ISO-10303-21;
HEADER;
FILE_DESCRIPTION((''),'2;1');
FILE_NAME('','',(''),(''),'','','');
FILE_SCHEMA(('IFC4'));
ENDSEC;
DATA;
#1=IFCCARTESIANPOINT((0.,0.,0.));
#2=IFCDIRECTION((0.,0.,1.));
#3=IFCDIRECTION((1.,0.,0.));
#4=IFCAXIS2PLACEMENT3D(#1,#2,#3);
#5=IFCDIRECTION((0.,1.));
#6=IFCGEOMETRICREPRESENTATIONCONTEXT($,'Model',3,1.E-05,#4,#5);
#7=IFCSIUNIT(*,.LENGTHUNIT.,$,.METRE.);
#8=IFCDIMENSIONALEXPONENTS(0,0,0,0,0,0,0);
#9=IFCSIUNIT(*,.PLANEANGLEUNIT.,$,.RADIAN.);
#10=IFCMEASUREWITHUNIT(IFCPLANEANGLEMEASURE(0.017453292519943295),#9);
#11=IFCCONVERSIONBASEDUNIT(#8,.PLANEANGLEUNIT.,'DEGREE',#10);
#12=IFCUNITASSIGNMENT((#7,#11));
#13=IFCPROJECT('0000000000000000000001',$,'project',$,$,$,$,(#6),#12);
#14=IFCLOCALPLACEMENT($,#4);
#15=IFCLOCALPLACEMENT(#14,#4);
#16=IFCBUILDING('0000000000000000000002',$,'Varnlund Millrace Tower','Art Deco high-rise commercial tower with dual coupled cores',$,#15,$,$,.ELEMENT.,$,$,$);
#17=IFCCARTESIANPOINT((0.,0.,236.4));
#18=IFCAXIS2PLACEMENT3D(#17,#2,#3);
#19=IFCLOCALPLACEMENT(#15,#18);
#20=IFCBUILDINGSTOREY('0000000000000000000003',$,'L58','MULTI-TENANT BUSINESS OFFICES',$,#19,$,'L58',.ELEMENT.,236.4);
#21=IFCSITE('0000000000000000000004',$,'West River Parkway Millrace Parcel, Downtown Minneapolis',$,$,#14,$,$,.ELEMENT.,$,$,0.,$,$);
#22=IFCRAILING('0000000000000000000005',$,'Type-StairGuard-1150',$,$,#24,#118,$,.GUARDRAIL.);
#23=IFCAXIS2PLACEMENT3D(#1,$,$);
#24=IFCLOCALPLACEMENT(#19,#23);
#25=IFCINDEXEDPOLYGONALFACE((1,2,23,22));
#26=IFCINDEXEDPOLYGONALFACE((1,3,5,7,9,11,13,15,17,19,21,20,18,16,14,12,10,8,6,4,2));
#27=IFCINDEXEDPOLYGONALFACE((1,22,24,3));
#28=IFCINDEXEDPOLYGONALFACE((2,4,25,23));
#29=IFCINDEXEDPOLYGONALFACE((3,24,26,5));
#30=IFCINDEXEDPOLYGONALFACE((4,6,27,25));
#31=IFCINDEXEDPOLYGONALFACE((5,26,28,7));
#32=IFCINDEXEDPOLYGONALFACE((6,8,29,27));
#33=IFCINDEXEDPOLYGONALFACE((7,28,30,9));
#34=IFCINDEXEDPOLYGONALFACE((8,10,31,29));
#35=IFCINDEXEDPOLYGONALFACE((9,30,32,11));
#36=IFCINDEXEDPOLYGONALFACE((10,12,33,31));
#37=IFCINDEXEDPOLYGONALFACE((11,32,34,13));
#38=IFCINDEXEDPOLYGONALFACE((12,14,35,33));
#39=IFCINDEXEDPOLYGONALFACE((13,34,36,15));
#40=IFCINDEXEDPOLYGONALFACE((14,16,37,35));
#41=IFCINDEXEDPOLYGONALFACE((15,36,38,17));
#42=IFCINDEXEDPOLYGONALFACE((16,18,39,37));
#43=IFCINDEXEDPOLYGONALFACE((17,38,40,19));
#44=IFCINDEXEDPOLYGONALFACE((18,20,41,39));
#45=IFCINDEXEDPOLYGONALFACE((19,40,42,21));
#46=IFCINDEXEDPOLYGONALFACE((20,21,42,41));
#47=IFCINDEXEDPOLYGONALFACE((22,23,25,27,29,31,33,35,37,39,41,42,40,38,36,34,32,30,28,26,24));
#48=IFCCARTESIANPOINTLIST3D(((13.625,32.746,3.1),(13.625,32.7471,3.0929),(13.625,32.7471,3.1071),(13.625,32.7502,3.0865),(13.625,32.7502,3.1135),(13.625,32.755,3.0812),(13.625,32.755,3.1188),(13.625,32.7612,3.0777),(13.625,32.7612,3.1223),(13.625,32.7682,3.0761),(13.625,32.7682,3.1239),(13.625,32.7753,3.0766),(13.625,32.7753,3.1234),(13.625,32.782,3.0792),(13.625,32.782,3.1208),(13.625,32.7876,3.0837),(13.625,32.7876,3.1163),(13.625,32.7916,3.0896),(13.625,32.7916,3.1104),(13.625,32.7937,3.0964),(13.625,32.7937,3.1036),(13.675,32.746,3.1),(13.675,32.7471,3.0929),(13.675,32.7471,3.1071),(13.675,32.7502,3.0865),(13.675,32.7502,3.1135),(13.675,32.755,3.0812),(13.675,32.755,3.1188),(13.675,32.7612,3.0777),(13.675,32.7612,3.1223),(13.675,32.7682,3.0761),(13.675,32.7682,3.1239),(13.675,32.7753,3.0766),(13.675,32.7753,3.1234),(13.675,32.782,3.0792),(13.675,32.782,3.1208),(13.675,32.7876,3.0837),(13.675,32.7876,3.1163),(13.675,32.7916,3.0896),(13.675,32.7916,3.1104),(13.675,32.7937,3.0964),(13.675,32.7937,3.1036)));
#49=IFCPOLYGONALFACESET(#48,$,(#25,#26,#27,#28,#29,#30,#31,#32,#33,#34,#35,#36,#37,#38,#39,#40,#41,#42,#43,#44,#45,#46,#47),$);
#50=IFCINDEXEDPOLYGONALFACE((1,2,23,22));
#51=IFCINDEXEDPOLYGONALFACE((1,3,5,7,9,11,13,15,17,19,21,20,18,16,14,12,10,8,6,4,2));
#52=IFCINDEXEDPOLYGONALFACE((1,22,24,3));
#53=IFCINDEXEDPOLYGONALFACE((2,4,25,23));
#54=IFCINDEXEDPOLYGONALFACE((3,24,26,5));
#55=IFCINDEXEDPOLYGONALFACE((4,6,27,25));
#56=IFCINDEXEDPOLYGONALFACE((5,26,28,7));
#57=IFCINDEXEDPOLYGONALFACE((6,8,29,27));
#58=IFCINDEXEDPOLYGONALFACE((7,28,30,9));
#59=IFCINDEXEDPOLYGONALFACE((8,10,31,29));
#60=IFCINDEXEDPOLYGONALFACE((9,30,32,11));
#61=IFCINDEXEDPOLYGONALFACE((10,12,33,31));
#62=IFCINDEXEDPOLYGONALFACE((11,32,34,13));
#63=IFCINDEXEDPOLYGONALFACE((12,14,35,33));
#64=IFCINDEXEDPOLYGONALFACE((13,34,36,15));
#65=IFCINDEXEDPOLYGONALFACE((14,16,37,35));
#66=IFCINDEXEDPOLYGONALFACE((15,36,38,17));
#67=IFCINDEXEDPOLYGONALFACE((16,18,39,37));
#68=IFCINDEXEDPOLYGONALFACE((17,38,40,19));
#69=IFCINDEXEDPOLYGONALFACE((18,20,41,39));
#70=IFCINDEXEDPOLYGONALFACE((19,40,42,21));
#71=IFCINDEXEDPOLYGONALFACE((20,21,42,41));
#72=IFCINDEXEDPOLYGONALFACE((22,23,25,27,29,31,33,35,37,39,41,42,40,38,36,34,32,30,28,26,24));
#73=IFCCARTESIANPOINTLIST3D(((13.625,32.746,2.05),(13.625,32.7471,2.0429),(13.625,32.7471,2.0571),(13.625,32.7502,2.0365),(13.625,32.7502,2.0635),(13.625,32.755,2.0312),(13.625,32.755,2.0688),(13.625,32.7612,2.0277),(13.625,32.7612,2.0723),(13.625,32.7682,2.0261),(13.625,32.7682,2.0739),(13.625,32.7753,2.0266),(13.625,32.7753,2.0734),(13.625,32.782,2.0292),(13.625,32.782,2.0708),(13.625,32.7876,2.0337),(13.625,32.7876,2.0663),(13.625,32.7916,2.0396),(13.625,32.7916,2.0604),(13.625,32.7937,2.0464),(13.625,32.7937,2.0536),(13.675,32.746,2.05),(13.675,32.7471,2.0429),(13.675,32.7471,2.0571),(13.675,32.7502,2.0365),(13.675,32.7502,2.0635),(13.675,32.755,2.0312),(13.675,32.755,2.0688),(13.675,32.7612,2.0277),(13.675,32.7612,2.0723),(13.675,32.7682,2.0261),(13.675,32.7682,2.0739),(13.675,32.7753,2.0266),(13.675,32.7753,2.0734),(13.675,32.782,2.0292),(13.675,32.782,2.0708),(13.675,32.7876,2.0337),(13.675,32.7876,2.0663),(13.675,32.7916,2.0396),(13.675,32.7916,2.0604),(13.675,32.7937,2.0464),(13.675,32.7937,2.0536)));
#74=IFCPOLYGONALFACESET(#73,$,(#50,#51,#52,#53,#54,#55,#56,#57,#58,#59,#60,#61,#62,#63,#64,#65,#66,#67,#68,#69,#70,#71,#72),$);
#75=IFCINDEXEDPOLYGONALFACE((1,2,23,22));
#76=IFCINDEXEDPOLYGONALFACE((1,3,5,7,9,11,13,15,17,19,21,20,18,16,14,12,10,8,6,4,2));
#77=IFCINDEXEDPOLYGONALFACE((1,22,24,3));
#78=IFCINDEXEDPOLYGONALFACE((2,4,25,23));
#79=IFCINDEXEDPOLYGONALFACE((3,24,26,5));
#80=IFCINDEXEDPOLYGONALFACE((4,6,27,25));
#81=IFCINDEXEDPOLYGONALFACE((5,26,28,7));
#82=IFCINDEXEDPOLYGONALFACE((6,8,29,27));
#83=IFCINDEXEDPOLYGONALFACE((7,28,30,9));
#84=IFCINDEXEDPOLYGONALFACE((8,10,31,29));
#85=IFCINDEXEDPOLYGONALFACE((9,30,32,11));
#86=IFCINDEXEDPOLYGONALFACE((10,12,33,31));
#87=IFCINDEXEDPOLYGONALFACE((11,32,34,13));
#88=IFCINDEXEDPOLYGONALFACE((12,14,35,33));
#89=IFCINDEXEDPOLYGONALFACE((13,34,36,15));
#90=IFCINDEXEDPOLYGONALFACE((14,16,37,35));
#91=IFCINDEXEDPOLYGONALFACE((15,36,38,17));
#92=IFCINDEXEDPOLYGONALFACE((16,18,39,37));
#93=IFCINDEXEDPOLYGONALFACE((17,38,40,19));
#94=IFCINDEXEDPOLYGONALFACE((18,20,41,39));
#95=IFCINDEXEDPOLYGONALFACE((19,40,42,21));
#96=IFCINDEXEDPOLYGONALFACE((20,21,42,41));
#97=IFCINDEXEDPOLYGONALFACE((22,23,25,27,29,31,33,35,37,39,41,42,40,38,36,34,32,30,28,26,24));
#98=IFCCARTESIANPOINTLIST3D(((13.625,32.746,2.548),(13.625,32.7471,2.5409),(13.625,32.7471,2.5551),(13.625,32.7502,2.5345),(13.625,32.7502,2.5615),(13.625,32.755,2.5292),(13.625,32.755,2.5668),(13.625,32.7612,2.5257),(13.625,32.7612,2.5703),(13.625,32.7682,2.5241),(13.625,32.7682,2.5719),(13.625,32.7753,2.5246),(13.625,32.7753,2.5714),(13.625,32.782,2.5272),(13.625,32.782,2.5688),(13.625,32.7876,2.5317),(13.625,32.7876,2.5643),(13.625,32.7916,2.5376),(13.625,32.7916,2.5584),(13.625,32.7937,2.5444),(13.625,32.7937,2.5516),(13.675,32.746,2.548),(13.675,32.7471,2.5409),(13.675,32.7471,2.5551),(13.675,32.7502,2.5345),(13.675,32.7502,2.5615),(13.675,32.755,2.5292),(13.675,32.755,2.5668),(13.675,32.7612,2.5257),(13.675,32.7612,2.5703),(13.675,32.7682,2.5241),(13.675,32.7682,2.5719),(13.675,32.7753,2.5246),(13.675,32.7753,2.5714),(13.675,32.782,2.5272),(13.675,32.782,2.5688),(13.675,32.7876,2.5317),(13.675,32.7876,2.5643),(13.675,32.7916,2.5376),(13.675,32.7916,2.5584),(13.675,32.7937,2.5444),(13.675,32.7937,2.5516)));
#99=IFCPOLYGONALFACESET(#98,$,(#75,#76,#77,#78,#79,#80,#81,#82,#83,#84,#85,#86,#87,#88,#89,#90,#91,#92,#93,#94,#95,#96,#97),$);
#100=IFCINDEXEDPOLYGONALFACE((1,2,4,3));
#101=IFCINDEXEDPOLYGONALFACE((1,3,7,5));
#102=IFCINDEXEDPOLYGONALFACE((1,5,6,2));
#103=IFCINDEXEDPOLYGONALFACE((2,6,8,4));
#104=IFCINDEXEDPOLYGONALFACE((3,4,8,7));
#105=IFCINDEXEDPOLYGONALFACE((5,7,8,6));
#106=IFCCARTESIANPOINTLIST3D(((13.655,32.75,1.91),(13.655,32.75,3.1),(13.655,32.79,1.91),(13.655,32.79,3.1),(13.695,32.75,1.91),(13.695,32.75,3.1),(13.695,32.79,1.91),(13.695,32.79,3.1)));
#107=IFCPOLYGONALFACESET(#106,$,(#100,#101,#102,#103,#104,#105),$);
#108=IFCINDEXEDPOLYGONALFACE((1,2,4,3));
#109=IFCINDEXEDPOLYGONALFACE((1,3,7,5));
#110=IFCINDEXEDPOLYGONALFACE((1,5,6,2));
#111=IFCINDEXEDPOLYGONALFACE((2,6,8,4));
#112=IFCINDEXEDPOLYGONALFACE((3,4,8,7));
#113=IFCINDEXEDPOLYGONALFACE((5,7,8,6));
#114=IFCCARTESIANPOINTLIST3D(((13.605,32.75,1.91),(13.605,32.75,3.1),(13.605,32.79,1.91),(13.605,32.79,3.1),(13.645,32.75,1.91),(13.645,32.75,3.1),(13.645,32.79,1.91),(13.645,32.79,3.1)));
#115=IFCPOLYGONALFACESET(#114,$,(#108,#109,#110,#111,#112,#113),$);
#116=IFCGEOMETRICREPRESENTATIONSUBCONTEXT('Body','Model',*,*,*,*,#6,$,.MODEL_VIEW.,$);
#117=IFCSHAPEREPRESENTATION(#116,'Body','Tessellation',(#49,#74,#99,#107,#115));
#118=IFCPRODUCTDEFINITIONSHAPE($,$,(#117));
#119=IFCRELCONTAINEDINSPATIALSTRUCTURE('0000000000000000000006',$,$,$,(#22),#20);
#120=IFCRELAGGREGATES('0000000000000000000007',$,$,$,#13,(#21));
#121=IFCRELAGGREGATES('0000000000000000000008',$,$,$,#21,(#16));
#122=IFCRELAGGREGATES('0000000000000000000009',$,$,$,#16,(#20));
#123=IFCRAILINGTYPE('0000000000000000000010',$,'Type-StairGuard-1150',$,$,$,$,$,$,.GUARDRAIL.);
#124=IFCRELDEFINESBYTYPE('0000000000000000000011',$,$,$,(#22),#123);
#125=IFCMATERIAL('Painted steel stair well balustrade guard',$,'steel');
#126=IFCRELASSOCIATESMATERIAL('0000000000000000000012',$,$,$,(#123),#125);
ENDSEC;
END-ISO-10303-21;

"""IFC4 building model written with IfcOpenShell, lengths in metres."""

from ifc_helpers import new_model, entity, si_unit, converted_unit, direction, frame, origin_with_axes, origin_2d_with_axis, place, context, subcontext, project, spatial, rectangle, circle, extrude, material, type_object, element, save


model = new_model("IFC4")

# Units and contexts
model_context = context("Model", 3, precision=1e-05, world=origin_with_axes(), true_north=direction((0.0, 1.0)))
body_context = subcontext(model_context, "Body", "Model", "MODEL_VIEW")
ifc_project = project(units=[si_unit("LENGTHUNIT", "METRE"), converted_unit("PLANEANGLEUNIT", "DEGREE", entity("IfcPlaneAngleMeasure", 0.017453292519943295), si_unit("PLANEANGLEUNIT", "RADIAN"), dimensions=[0, 0, 0, 0, 0, 0, 0])], contexts=[model_context])

# Site, building, storey
site_placement = place(None, origin_with_axes())
site = spatial("IfcSite", under=ifc_project, at=site_placement, Name="West River Parkway Millrace Parcel, Downtown Minneapolis", CompositionType="ELEMENT", RefElevation=0.0)
building_placement = place(site_placement, origin_with_axes())
building = spatial("IfcBuilding", under=site, at=building_placement, Name="Varnlund Millrace Tower", Description="Art Deco high-rise commercial tower with dual coupled cores", CompositionType="ELEMENT")
storey_placement = place(building_placement, frame((0.0, 0.0, 236.4), z_axis=(0.0, 0.0, 1.0), x_axis=(1.0, 0.0, 0.0)))
storey = spatial("IfcBuildingStorey", under=building, at=storey_placement, Name="L58", Description="MULTI-TENANT BUSINESS OFFICES", LongName="L58", CompositionType="ELEMENT", Elevation=236.4)

# Railing
ifc_material_1 = material(Name="Painted steel stair well balustrade guard", Category="steel")
railing_type_1 = type_object("IfcRailingType", Name="Type-StairGuard-1150", PredefinedType="GUARDRAIL", material=ifc_material_1)
railing_1_placement = place(storey_placement, frame((0.0, 0.0, -236.4), z_axis=(0.0, 0.0, 1.0), x_axis=(1.0, 0.0, 0.0)))
element("IfcRailing", 1, at=railing_1_placement, inside=storey, type_object=railing_type_1, Name="Type-StairGuard-1150", PredefinedType="GUARDRAIL", context=body_context, shape_type="SweptSolid", body=[
    extrude(circle(Radius=0.024, at=origin_2d_with_axis()), frame((13.675, 32.77, 239.5), z_axis=(-1.0, 0.0, 0.0), x_axis=(0.0, -1.0, 0.0)), (0.0, 0.0, 1.0), 0.05),
    extrude(circle(Radius=0.024, at=origin_2d_with_axis()), frame((13.675, 32.77, 238.45), z_axis=(-1.0, 0.0, 0.0), x_axis=(0.0, -1.0, 0.0)), (0.0, 0.0, 1.0), 0.05),
    extrude(circle(Radius=0.024, at=origin_2d_with_axis()), frame((13.675, 32.77, 238.948), z_axis=(-1.0, 0.0, 0.0), x_axis=(0.0, -1.0, 0.0)), (0.0, 0.0, 1.0), 0.05),
    extrude(rectangle(XDim=0.04, YDim=0.04, at=origin_2d_with_axis()), frame((13.675, 32.77, 238.31), z_axis=(0.0, 0.0, 1.0), x_axis=(1.0, 0.0, 0.0)), (0.0, 0.0, 1.0), 1.19),
    extrude(rectangle(XDim=0.04, YDim=0.04, at=origin_2d_with_axis()), frame((13.625, 32.77, 238.31), z_axis=(0.0, 0.0, 1.0), x_axis=(1.0, 0.0, 0.0)), (0.0, 0.0, 1.0), 1.19),
])

save(model, "model.ifc")
